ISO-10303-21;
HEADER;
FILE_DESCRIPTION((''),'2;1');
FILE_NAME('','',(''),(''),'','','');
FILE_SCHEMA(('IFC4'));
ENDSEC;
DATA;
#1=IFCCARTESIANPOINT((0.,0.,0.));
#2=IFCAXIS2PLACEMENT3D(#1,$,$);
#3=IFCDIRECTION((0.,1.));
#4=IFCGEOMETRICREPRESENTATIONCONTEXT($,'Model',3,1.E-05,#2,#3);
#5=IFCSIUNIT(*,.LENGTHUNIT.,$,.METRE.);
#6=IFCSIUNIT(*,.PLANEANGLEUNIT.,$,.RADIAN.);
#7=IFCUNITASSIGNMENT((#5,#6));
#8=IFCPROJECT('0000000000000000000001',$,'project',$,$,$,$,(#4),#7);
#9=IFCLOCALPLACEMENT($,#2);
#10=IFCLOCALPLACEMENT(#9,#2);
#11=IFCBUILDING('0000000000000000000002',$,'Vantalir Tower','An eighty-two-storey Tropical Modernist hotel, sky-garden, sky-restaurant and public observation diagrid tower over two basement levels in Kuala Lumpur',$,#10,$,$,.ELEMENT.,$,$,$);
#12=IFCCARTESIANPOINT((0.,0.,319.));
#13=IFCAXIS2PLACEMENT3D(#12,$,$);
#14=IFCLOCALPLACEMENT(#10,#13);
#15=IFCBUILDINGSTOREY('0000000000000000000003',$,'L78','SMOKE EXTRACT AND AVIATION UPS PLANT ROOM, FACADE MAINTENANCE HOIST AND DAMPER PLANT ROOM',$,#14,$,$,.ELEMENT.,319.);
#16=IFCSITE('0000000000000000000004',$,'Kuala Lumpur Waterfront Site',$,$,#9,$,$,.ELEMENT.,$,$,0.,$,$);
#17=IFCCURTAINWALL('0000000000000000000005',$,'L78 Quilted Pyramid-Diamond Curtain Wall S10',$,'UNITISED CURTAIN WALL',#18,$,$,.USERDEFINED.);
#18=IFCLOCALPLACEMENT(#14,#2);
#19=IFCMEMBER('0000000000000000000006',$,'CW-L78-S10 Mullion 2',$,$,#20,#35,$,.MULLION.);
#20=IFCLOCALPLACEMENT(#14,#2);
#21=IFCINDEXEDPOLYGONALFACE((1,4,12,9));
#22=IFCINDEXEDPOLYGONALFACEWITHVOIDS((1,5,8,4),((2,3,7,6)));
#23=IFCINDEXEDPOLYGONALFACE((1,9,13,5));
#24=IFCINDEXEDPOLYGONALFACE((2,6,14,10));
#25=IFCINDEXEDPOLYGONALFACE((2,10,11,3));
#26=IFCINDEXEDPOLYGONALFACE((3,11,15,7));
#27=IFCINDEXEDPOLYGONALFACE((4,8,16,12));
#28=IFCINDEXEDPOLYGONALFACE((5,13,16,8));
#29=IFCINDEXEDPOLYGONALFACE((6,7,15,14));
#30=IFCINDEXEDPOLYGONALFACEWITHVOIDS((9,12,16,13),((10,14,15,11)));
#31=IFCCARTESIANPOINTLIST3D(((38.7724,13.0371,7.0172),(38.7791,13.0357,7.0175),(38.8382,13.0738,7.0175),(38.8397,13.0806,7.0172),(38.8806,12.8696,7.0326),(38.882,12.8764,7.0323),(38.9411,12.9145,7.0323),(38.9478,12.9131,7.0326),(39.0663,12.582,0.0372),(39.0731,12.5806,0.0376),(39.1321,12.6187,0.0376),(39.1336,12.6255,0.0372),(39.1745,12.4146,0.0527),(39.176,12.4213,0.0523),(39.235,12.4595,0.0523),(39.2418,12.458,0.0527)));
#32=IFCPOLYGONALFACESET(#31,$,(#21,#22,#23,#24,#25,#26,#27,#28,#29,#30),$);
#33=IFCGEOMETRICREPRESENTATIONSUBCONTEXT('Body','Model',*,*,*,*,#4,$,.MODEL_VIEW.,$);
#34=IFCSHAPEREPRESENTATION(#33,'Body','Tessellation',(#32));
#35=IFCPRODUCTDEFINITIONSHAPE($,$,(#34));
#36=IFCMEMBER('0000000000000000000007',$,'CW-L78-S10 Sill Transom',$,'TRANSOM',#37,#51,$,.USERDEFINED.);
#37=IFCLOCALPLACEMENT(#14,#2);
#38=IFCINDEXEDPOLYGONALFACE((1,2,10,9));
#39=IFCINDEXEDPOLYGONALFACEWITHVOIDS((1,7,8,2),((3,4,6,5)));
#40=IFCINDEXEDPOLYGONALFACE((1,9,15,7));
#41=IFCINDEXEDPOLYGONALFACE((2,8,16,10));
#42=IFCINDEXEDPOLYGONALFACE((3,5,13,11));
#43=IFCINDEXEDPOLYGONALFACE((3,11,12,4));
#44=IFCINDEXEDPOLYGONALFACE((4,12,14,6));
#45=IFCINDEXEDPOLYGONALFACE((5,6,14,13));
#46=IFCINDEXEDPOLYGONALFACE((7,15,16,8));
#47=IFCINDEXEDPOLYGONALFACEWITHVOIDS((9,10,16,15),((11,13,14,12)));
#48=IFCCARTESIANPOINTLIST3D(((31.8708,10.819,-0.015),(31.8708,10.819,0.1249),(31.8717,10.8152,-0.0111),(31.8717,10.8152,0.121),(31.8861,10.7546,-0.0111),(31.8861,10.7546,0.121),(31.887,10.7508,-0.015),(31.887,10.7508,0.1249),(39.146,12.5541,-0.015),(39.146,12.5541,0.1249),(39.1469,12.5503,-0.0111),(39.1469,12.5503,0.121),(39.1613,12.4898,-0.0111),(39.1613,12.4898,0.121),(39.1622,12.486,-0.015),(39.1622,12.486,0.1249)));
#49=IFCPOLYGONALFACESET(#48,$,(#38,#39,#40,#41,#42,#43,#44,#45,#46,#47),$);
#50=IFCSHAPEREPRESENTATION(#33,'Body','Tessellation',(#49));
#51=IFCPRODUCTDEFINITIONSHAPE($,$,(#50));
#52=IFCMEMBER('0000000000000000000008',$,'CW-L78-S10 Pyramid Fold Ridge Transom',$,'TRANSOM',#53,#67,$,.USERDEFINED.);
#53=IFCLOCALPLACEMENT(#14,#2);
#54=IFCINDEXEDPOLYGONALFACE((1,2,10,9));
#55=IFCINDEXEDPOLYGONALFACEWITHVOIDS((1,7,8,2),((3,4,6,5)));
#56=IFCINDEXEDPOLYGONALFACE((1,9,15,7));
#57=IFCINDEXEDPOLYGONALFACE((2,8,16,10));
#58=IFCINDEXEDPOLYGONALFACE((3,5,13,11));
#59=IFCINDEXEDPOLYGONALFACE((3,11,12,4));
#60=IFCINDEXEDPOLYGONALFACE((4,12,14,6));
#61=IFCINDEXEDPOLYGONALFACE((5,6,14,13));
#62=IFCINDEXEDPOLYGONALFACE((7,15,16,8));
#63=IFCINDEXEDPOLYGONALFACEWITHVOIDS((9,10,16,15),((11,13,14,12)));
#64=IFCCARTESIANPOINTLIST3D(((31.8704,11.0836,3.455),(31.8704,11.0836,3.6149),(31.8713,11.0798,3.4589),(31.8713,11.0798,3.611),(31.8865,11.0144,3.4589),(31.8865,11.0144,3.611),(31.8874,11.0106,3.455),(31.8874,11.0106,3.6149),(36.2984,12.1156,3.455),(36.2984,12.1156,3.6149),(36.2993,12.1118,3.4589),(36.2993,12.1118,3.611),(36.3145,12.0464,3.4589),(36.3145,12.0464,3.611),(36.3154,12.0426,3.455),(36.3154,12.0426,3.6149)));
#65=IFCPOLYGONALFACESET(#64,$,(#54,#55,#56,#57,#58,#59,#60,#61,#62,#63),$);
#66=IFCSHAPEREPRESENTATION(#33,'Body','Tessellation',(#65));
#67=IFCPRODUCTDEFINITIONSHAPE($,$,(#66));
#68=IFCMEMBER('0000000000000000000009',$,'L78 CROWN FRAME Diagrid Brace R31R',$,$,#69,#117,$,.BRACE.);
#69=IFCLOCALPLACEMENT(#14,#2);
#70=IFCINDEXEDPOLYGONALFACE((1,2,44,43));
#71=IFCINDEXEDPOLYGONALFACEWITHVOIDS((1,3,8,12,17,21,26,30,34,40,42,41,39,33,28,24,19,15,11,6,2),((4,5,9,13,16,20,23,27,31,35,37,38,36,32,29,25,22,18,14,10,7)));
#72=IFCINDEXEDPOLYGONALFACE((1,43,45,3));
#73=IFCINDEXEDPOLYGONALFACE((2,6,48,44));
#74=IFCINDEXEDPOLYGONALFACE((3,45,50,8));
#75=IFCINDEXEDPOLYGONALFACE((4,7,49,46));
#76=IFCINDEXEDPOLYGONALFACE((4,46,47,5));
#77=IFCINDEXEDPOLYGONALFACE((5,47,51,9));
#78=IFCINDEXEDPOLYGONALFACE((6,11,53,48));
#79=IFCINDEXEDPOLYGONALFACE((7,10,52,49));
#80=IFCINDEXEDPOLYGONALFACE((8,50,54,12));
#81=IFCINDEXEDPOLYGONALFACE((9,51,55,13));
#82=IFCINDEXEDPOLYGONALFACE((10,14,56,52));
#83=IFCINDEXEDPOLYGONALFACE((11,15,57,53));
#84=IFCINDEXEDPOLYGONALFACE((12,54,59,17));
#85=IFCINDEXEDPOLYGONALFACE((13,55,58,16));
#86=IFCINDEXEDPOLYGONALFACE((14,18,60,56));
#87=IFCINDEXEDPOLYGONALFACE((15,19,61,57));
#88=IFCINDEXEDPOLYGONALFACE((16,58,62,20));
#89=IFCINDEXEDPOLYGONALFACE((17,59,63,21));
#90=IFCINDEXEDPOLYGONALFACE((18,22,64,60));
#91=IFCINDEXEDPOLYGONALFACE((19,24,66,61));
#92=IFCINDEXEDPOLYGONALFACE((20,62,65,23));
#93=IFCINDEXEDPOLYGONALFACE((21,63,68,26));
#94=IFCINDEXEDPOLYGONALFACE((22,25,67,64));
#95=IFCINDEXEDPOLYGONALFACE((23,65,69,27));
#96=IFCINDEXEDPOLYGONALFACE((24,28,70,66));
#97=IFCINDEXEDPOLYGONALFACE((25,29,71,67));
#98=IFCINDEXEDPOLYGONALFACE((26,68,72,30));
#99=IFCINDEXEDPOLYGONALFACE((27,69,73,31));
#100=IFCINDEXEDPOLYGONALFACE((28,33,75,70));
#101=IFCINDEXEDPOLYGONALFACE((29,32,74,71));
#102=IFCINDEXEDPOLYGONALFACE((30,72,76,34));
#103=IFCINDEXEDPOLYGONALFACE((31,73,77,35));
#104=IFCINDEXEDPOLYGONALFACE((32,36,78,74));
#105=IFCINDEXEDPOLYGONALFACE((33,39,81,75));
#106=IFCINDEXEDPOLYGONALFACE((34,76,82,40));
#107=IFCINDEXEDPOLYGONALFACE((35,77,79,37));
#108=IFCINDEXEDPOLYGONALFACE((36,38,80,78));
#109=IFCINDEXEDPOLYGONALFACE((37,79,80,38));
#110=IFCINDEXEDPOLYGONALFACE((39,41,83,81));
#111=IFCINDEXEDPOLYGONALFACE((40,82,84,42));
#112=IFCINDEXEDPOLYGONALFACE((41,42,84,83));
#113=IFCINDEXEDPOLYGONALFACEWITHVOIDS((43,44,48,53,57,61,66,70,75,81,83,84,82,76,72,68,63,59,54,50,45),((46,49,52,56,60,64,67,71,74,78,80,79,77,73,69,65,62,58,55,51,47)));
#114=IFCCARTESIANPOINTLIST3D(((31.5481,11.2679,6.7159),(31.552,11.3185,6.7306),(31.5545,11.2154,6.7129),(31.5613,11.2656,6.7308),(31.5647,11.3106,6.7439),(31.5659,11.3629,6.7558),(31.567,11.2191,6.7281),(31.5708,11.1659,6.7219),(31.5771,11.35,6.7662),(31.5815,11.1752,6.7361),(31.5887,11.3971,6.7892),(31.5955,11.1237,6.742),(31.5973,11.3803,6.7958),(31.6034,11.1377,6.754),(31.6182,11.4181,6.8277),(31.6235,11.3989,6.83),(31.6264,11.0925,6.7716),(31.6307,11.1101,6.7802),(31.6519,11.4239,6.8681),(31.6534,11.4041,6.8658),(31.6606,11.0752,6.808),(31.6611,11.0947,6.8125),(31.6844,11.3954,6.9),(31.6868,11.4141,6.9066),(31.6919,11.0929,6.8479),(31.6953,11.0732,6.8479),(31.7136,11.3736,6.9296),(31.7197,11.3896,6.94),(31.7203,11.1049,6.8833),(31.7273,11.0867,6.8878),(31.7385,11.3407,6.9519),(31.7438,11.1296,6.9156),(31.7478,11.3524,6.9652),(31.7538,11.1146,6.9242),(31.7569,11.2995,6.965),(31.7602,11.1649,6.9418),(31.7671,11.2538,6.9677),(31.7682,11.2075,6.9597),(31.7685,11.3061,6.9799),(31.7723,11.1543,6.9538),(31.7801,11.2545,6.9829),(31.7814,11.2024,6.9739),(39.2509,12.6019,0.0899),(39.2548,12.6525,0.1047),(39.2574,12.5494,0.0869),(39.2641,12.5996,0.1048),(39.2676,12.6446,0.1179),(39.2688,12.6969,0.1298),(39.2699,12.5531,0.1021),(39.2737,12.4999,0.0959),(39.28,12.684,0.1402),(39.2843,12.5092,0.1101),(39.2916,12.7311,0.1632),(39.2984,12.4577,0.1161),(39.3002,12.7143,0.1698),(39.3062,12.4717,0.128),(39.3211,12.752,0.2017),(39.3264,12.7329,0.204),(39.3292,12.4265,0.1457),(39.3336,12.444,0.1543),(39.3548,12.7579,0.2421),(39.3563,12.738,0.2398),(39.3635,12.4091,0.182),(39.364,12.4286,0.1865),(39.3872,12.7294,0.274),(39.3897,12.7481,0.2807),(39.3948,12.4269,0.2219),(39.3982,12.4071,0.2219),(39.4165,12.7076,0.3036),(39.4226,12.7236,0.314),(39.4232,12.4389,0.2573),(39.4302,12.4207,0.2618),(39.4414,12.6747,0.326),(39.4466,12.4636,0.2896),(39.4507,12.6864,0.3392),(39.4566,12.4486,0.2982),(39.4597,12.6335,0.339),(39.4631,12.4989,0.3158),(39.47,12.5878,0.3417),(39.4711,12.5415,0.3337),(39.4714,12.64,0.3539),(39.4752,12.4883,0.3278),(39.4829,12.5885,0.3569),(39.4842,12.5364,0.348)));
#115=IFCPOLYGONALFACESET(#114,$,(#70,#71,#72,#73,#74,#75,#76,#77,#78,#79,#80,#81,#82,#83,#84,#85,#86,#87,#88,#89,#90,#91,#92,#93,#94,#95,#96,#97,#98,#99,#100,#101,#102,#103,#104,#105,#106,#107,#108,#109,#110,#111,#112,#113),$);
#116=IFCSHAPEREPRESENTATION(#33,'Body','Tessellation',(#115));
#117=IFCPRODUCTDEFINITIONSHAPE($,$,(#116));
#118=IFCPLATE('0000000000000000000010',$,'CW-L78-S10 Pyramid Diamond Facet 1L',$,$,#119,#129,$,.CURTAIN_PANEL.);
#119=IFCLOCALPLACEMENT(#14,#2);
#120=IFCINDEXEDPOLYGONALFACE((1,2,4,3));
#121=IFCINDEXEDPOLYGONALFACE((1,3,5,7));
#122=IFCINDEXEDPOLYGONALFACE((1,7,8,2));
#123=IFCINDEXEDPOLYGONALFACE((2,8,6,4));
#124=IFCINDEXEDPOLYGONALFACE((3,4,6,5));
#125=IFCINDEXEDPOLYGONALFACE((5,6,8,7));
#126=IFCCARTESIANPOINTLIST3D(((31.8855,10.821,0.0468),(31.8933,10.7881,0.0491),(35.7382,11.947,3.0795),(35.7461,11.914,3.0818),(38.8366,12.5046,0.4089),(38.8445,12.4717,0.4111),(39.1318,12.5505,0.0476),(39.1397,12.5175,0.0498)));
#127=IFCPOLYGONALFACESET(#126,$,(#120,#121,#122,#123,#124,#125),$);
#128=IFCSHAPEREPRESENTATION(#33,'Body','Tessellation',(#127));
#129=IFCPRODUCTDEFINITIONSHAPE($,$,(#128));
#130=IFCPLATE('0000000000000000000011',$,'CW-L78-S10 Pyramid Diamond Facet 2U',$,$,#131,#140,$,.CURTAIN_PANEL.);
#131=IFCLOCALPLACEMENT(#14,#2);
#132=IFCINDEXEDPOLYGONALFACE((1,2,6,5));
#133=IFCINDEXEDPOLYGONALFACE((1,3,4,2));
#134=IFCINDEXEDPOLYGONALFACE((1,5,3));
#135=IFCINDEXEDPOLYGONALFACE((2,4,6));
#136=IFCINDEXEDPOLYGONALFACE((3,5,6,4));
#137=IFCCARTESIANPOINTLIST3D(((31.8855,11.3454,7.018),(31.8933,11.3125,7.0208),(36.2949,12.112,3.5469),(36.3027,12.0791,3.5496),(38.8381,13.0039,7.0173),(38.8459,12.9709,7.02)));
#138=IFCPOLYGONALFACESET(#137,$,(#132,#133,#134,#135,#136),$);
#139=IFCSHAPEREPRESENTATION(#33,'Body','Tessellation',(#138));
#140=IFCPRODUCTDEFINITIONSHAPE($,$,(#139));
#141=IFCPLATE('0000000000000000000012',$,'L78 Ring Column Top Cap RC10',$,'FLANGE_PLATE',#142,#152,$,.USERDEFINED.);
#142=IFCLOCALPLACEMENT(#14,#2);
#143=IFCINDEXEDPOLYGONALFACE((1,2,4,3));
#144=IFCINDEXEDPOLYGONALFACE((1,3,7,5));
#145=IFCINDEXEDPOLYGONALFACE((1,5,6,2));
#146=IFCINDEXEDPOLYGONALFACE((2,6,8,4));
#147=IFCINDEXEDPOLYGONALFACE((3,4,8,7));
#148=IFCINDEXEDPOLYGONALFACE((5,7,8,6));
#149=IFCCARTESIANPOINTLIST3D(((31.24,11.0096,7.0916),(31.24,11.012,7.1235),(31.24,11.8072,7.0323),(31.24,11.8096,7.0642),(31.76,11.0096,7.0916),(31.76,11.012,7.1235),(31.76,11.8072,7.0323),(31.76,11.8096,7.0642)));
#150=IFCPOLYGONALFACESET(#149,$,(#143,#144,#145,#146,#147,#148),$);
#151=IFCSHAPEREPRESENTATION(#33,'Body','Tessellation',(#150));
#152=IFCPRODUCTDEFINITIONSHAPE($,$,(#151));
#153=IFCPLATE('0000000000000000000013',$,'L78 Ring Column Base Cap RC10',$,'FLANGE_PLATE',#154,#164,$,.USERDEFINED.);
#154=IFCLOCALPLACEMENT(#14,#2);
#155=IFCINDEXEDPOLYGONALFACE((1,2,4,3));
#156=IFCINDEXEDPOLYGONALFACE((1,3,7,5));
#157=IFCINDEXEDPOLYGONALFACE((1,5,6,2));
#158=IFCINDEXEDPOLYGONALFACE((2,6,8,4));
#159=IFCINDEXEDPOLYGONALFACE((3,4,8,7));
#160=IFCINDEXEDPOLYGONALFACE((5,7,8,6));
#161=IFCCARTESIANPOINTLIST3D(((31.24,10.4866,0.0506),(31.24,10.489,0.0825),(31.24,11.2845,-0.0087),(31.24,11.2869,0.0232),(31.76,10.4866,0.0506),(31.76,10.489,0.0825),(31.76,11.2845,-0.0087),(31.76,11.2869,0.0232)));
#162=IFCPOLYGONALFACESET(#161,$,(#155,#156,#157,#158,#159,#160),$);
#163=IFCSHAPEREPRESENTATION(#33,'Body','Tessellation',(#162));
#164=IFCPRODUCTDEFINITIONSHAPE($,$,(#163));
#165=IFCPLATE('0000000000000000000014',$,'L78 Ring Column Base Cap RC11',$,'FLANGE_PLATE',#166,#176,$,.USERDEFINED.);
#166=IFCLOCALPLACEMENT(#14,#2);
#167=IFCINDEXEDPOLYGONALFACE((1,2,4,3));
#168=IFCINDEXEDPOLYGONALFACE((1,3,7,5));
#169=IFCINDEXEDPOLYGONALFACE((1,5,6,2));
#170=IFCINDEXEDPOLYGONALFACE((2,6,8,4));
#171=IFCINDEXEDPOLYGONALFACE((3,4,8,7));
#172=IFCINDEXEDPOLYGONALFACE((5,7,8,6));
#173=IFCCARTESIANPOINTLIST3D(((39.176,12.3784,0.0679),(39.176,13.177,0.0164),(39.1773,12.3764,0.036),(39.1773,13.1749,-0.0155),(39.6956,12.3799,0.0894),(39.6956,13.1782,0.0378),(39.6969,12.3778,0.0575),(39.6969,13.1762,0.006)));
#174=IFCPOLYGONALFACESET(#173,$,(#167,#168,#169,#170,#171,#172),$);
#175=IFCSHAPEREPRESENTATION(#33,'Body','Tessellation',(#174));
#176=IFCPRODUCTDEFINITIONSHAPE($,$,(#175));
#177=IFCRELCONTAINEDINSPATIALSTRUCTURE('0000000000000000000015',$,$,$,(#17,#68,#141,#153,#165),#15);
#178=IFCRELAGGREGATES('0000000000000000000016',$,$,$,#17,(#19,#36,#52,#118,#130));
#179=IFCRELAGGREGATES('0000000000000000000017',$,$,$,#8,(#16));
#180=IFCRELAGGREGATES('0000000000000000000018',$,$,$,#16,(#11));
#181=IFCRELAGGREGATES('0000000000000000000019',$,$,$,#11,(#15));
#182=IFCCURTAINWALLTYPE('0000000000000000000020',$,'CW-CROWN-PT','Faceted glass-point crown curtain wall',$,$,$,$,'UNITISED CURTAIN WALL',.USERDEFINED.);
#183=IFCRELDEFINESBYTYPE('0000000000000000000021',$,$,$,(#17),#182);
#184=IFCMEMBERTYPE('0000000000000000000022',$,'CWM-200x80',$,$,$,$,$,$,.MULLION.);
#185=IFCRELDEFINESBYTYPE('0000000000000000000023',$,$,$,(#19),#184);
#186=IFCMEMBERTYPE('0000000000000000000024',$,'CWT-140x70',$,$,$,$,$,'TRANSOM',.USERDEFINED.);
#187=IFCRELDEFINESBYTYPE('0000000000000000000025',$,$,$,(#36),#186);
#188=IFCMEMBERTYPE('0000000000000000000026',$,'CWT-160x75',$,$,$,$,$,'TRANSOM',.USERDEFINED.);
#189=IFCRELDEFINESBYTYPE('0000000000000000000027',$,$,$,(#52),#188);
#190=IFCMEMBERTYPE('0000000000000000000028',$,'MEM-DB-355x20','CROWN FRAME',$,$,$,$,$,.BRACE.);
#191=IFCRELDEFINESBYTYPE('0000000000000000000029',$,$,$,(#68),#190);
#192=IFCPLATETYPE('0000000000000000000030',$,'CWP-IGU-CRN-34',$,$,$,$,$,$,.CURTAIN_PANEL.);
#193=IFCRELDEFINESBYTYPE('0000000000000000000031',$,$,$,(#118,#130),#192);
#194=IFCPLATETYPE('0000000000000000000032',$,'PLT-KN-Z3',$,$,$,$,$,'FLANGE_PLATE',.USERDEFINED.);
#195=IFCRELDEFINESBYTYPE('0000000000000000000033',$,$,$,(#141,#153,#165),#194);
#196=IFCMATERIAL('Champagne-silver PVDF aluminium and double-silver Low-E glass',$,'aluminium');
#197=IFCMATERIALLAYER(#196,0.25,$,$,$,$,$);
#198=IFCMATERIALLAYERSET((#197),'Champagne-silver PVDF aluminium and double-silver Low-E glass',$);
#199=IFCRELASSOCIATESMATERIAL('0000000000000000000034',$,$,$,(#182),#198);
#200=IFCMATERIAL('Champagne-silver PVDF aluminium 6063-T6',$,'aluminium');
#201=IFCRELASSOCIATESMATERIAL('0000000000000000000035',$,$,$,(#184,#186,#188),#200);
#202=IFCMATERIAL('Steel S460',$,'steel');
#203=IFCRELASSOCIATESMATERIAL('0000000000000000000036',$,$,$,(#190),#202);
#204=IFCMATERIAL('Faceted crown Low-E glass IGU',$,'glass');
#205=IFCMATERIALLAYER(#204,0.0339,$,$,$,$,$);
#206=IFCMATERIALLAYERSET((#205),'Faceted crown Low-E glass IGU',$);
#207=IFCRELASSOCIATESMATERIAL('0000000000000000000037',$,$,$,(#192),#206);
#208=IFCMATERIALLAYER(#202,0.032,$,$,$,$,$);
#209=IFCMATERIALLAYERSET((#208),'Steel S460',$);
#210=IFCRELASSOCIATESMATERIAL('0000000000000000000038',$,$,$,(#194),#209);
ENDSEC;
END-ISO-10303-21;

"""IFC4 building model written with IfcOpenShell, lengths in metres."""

from ifc_helpers import new_model, si_unit, direction, frame, origin, origin_2d, place, context, subcontext, project, spatial, polyline, hollow_rectangle, hollow_circle, outline, extrude, material, layer, layer_set, material_profile, profile_set, type_object, element, aggregate, save


model = new_model("IFC4")

# Units and contexts
model_context = context("Model", 3, precision=1e-05, world=origin(), true_north=direction((0.0, 1.0)))
body_context = subcontext(model_context, "Body", "Model", "MODEL_VIEW")
ifc_project = project(units=[si_unit("LENGTHUNIT", "METRE"), si_unit("PLANEANGLEUNIT", "RADIAN")], contexts=[model_context])

# Site, building, storey
site_placement = place(None, origin())
site = spatial("IfcSite", under=ifc_project, at=site_placement, Name="Kuala Lumpur Waterfront Site", CompositionType="ELEMENT", RefElevation=0.0)
building_placement = place(site_placement, origin())
building = spatial("IfcBuilding", under=site, at=building_placement, Name="Vantalir Tower", Description="An eighty-two-storey Tropical Modernist hotel, sky-garden, sky-restaurant and public observation diagrid tower over two basement levels in Kuala Lumpur", CompositionType="ELEMENT")
storey_placement = place(building_placement, frame((0.0, 0.0, 319.0)))
storey = spatial("IfcBuildingStorey", under=building, at=storey_placement, Name="L78", Description="SMOKE EXTRACT AND AVIATION UPS PLANT ROOM, FACADE MAINTENANCE HOIST AND DAMPER PLANT ROOM", CompositionType="ELEMENT", Elevation=319.0)

# Shared definitions
ifc_material_1 = material(Name="Steel S460", Category="steel")

# Shared definitions
ifc_material_2 = material(Name="Champagne-silver PVDF aluminium and double-silver Low-E glass", Category="aluminium")
ifc_layer_1 = layer(ifc_material_2, 0.25)
ifc_layer_set_1 = layer_set([ifc_layer_1], Name="Champagne-silver PVDF aluminium and double-silver Low-E glass")
curtain_wall_type = type_object("IfcCurtainWallType", Name="CW-CROWN-PT", Description="Faceted glass-point crown curtain wall", ElementType="UNITISED CURTAIN WALL", PredefinedType="USERDEFINED", material=ifc_layer_set_1)
ifc_material_3 = material(Name="Champagne-silver PVDF aluminium 6063-T6", Category="aluminium")
ifc_material_profile_1 = material_profile(ifc_material_3, hollow_rectangle(XDim=0.0801, YDim=0.2, WallThickness=0.0049, at=origin_2d()), Name="Champagne-silver PVDF aluminium 6063-T6")
ifc_profile_set_1 = profile_set([ifc_material_profile_1], Name="Champagne-silver PVDF aluminium 6063-T6")
member_type_1 = type_object("IfcMemberType", Name="CWM-200x80", PredefinedType="MULLION", material=ifc_profile_set_1)

# Curtain wall, members
curtain_wall_1_placement = place(storey_placement, origin())
curtain_wall_1 = element("IfcCurtainWall", 1, at=curtain_wall_1_placement, inside=storey, type_object=curtain_wall_type, Name="L78 Quilted Pyramid-Diamond Curtain Wall S10", ObjectType="UNITISED CURTAIN WALL", PredefinedType="USERDEFINED")
member_1_placement = place(storey_placement, frame((39.1541, 12.52, 0.0449), z_axis=(-0.041986, 0.065002, 0.997001), x_axis=(-0.840005, -0.542578, 0.0)))
member_1 = element("IfcMember", 2, at=member_1_placement, type_object=member_type_1, Name="CW-L78-S10 Mullion 2", PredefinedType="MULLION", context=body_context, shape_type="SweptSolid", body=[
    extrude(hollow_rectangle(XDim=0.0801, YDim=0.2, WallThickness=0.0049, at=origin_2d()), origin(), (0.0, 0.0, 1.0), 7.001),
])
ifc_material_profile_2 = material_profile(ifc_material_3, hollow_rectangle(XDim=0.0701, YDim=0.1399, WallThickness=0.0039, at=origin_2d()), Name="Champagne-silver PVDF aluminium 6063-T6")
ifc_profile_set_2 = profile_set([ifc_material_profile_2], Name="Champagne-silver PVDF aluminium 6063-T6")
member_type_2 = type_object("IfcMemberType", Name="CWT-140x70", ElementType="TRANSOM", PredefinedType="USERDEFINED", material=ifc_profile_set_2)
member_2_placement = place(storey_placement, frame((31.8789, 10.7849, 0.0549), z_axis=(0.972718, 0.231991, 0.0), x_axis=(-0.231991, 0.972718, 0.0)))
member_2 = element("IfcMember", 3, at=member_2_placement, type_object=member_type_2, Name="CW-L78-S10 Sill Transom", ObjectType="TRANSOM", PredefinedType="USERDEFINED", context=body_context, shape_type="SweptSolid", body=[
    extrude(hollow_rectangle(XDim=0.0701, YDim=0.1399, WallThickness=0.0039, at=origin_2d()), origin(), (0.0, 0.0, 1.0), 7.4792),
])
ifc_material_profile_3 = material_profile(ifc_material_3, hollow_rectangle(XDim=0.075, YDim=0.1599, WallThickness=0.0039, at=origin_2d()), Name="Champagne-silver PVDF aluminium 6063-T6")
ifc_profile_set_3 = profile_set([ifc_material_profile_3], Name="Champagne-silver PVDF aluminium 6063-T6")
member_type_3 = type_object("IfcMemberType", Name="CWT-160x75", ElementType="TRANSOM", PredefinedType="USERDEFINED", material=ifc_profile_set_3)
member_3_placement = place(storey_placement, frame((31.8789, 11.0471, 3.5349), z_axis=(0.9739, 0.226977, 0.0), x_axis=(-0.226977, 0.9739, 0.0)))
member_3 = element("IfcMember", 4, at=member_3_placement, type_object=member_type_3, Name="CW-L78-S10 Pyramid Fold Ridge Transom", ObjectType="TRANSOM", PredefinedType="USERDEFINED", context=body_context, shape_type="SweptSolid", body=[
    extrude(hollow_rectangle(XDim=0.075, YDim=0.1599, WallThickness=0.0039, at=origin_2d()), origin(), (0.0, 0.0, 1.0), 4.5466),
])

# Member
ifc_material_profile_4 = material_profile(ifc_material_1, hollow_circle(Radius=0.1775, WallThickness=0.02, at=origin_2d()), Name="Steel S460")
ifc_profile_set_4 = profile_set([ifc_material_profile_4], Name="Steel S460")
member_type_4 = type_object("IfcMemberType", Name="MEM-DB-355x20", Description="CROWN FRAME", PredefinedType="BRACE", material=ifc_profile_set_4)
member_4_placement = place(storey_placement, frame((39.3679, 12.582, 0.2219), z_axis=(-0.751662, -0.130173, 0.646575), x_axis=(0.17064, -0.985333, 0.0)))
element("IfcMember", 5, at=member_4_placement, inside=storey, type_object=member_type_4, Name="L78 CROWN FRAME Diagrid Brace R31R", PredefinedType="BRACE", context=body_context, shape_type="SweptSolid", body=[
    extrude(hollow_circle(Radius=0.1775, WallThickness=0.02, at=origin_2d()), origin(), (0.0, 0.0, 1.0), 10.2478),
])

# Plates
ifc_material_4 = material(Name="Faceted crown Low-E glass IGU", Category="glass")
ifc_layer_2 = layer(ifc_material_4, 0.0339)
ifc_layer_set_2 = layer_set([ifc_layer_2], Name="Faceted crown Low-E glass IGU")
plate_type_1 = type_object("IfcPlateType", Name="CWP-IGU-CRN-34", PredefinedType="CURTAIN_PANEL", material=ifc_layer_set_2)
plate_1_placement = place(storey_placement, frame((31.8933, 10.7881, 0.0491), z_axis=(0.231631, -0.970558, 0.066064), x_axis=(0.972681, 0.232144, 0.000099)))
plate_1 = element("IfcPlate", 6, at=plate_1_placement, type_object=plate_type_1, Name="CW-L78-S10 Pyramid Diamond Facet 1L", PredefinedType="CURTAIN_PANEL", context=body_context, shape_type="SweptSolid", body=[
    extrude(outline(polyline([(0.0, 0.0), (7.4499, 0.0), (7.1521, 0.3621), (4.0092, 3.039), (0.0, 0.0)])), origin(), (0.0, 0.0, -1.0), 0.0339),
])
plate_2_placement = place(storey_placement, frame((38.8459, 12.9709, 7.02), z_axis=(0.231296, -0.969615, 0.079676), x_axis=(-0.97271, -0.232025, 0.000102)))
plate_2 = element("IfcPlate", 7, at=plate_2_placement, type_object=plate_type_1, Name="CW-L78-S10 Pyramid Diamond Facet 2U", PredefinedType="CURTAIN_PANEL", context=body_context, shape_type="SweptSolid", body=[
    extrude(outline(polyline([(0.0, 0.0), (7.1477, 0.0), (2.6804, 3.4818), (0.0, 0.0)])), origin(), (0.0, 0.0, -1.0), 0.0339),
])
aggregate(curtain_wall_1, [member_1, member_2, member_3, plate_1, plate_2])

# Plates
ifc_layer_3 = layer(ifc_material_1, 0.032)
ifc_layer_set_3 = layer_set([ifc_layer_3], Name="Steel S460")
plate_type_2 = type_object("IfcPlateType", Name="PLT-KN-Z3", ElementType="FLANGE_PLATE", PredefinedType="USERDEFINED", material=ifc_layer_set_3)
plate_3_placement = place(storey_placement, frame((31.24, 11.8096, 7.0642), z_axis=(0.0, 0.074175, 0.997245), x_axis=(0.0, -0.997245, 0.074175)))
element("IfcPlate", 8, at=plate_3_placement, inside=storey, type_object=plate_type_2, Name="L78 Ring Column Top Cap RC10", ObjectType="FLANGE_PLATE", PredefinedType="USERDEFINED", context=body_context, shape_type="SweptSolid", body=[
    extrude(outline(polyline([(0.0, 0.0), (0.7998, 0.0), (0.7998, 0.52), (0.0, 0.52), (0.0, 0.0)])), origin(), (0.0, 0.0, -1.0), 0.032),
])
plate_4_placement = place(storey_placement, frame((31.24, 11.2869, 0.0232), z_axis=(0.0, 0.074153, 0.997247), x_axis=(0.0, -0.997247, 0.074153)))
element("IfcPlate", 9, at=plate_4_placement, inside=storey, type_object=plate_type_2, Name="L78 Ring Column Base Cap RC10", ObjectType="FLANGE_PLATE", PredefinedType="USERDEFINED", context=body_context, shape_type="SweptSolid", body=[
    extrude(outline(polyline([(0.0, 0.0), (0.8001, 0.0), (0.8001, 0.52), (0.0, 0.52), (0.0, 0.0)])), origin(), (0.0, 0.0, -1.0), 0.032),
])
plate_5_placement = place(storey_placement, frame((39.176, 13.177, 0.0164), z_axis=(-0.041398, 0.064327, 0.99707), x_axis=(0.0, -0.997925, 0.064382)))
element("IfcPlate", 10, at=plate_5_placement, inside=storey, type_object=plate_type_2, Name="L78 Ring Column Base Cap RC11", ObjectType="FLANGE_PLATE", PredefinedType="USERDEFINED", context=body_context, shape_type="SweptSolid", body=[
    extrude(outline(polyline([(0.0, 0.0), (0.8002, 0.0), (0.8002, 0.52), (0.0002, 0.52), (0.0, 0.0)])), origin(), (0.0, 0.0, -1.0), 0.032),
])

save(model, "model.ifc")
